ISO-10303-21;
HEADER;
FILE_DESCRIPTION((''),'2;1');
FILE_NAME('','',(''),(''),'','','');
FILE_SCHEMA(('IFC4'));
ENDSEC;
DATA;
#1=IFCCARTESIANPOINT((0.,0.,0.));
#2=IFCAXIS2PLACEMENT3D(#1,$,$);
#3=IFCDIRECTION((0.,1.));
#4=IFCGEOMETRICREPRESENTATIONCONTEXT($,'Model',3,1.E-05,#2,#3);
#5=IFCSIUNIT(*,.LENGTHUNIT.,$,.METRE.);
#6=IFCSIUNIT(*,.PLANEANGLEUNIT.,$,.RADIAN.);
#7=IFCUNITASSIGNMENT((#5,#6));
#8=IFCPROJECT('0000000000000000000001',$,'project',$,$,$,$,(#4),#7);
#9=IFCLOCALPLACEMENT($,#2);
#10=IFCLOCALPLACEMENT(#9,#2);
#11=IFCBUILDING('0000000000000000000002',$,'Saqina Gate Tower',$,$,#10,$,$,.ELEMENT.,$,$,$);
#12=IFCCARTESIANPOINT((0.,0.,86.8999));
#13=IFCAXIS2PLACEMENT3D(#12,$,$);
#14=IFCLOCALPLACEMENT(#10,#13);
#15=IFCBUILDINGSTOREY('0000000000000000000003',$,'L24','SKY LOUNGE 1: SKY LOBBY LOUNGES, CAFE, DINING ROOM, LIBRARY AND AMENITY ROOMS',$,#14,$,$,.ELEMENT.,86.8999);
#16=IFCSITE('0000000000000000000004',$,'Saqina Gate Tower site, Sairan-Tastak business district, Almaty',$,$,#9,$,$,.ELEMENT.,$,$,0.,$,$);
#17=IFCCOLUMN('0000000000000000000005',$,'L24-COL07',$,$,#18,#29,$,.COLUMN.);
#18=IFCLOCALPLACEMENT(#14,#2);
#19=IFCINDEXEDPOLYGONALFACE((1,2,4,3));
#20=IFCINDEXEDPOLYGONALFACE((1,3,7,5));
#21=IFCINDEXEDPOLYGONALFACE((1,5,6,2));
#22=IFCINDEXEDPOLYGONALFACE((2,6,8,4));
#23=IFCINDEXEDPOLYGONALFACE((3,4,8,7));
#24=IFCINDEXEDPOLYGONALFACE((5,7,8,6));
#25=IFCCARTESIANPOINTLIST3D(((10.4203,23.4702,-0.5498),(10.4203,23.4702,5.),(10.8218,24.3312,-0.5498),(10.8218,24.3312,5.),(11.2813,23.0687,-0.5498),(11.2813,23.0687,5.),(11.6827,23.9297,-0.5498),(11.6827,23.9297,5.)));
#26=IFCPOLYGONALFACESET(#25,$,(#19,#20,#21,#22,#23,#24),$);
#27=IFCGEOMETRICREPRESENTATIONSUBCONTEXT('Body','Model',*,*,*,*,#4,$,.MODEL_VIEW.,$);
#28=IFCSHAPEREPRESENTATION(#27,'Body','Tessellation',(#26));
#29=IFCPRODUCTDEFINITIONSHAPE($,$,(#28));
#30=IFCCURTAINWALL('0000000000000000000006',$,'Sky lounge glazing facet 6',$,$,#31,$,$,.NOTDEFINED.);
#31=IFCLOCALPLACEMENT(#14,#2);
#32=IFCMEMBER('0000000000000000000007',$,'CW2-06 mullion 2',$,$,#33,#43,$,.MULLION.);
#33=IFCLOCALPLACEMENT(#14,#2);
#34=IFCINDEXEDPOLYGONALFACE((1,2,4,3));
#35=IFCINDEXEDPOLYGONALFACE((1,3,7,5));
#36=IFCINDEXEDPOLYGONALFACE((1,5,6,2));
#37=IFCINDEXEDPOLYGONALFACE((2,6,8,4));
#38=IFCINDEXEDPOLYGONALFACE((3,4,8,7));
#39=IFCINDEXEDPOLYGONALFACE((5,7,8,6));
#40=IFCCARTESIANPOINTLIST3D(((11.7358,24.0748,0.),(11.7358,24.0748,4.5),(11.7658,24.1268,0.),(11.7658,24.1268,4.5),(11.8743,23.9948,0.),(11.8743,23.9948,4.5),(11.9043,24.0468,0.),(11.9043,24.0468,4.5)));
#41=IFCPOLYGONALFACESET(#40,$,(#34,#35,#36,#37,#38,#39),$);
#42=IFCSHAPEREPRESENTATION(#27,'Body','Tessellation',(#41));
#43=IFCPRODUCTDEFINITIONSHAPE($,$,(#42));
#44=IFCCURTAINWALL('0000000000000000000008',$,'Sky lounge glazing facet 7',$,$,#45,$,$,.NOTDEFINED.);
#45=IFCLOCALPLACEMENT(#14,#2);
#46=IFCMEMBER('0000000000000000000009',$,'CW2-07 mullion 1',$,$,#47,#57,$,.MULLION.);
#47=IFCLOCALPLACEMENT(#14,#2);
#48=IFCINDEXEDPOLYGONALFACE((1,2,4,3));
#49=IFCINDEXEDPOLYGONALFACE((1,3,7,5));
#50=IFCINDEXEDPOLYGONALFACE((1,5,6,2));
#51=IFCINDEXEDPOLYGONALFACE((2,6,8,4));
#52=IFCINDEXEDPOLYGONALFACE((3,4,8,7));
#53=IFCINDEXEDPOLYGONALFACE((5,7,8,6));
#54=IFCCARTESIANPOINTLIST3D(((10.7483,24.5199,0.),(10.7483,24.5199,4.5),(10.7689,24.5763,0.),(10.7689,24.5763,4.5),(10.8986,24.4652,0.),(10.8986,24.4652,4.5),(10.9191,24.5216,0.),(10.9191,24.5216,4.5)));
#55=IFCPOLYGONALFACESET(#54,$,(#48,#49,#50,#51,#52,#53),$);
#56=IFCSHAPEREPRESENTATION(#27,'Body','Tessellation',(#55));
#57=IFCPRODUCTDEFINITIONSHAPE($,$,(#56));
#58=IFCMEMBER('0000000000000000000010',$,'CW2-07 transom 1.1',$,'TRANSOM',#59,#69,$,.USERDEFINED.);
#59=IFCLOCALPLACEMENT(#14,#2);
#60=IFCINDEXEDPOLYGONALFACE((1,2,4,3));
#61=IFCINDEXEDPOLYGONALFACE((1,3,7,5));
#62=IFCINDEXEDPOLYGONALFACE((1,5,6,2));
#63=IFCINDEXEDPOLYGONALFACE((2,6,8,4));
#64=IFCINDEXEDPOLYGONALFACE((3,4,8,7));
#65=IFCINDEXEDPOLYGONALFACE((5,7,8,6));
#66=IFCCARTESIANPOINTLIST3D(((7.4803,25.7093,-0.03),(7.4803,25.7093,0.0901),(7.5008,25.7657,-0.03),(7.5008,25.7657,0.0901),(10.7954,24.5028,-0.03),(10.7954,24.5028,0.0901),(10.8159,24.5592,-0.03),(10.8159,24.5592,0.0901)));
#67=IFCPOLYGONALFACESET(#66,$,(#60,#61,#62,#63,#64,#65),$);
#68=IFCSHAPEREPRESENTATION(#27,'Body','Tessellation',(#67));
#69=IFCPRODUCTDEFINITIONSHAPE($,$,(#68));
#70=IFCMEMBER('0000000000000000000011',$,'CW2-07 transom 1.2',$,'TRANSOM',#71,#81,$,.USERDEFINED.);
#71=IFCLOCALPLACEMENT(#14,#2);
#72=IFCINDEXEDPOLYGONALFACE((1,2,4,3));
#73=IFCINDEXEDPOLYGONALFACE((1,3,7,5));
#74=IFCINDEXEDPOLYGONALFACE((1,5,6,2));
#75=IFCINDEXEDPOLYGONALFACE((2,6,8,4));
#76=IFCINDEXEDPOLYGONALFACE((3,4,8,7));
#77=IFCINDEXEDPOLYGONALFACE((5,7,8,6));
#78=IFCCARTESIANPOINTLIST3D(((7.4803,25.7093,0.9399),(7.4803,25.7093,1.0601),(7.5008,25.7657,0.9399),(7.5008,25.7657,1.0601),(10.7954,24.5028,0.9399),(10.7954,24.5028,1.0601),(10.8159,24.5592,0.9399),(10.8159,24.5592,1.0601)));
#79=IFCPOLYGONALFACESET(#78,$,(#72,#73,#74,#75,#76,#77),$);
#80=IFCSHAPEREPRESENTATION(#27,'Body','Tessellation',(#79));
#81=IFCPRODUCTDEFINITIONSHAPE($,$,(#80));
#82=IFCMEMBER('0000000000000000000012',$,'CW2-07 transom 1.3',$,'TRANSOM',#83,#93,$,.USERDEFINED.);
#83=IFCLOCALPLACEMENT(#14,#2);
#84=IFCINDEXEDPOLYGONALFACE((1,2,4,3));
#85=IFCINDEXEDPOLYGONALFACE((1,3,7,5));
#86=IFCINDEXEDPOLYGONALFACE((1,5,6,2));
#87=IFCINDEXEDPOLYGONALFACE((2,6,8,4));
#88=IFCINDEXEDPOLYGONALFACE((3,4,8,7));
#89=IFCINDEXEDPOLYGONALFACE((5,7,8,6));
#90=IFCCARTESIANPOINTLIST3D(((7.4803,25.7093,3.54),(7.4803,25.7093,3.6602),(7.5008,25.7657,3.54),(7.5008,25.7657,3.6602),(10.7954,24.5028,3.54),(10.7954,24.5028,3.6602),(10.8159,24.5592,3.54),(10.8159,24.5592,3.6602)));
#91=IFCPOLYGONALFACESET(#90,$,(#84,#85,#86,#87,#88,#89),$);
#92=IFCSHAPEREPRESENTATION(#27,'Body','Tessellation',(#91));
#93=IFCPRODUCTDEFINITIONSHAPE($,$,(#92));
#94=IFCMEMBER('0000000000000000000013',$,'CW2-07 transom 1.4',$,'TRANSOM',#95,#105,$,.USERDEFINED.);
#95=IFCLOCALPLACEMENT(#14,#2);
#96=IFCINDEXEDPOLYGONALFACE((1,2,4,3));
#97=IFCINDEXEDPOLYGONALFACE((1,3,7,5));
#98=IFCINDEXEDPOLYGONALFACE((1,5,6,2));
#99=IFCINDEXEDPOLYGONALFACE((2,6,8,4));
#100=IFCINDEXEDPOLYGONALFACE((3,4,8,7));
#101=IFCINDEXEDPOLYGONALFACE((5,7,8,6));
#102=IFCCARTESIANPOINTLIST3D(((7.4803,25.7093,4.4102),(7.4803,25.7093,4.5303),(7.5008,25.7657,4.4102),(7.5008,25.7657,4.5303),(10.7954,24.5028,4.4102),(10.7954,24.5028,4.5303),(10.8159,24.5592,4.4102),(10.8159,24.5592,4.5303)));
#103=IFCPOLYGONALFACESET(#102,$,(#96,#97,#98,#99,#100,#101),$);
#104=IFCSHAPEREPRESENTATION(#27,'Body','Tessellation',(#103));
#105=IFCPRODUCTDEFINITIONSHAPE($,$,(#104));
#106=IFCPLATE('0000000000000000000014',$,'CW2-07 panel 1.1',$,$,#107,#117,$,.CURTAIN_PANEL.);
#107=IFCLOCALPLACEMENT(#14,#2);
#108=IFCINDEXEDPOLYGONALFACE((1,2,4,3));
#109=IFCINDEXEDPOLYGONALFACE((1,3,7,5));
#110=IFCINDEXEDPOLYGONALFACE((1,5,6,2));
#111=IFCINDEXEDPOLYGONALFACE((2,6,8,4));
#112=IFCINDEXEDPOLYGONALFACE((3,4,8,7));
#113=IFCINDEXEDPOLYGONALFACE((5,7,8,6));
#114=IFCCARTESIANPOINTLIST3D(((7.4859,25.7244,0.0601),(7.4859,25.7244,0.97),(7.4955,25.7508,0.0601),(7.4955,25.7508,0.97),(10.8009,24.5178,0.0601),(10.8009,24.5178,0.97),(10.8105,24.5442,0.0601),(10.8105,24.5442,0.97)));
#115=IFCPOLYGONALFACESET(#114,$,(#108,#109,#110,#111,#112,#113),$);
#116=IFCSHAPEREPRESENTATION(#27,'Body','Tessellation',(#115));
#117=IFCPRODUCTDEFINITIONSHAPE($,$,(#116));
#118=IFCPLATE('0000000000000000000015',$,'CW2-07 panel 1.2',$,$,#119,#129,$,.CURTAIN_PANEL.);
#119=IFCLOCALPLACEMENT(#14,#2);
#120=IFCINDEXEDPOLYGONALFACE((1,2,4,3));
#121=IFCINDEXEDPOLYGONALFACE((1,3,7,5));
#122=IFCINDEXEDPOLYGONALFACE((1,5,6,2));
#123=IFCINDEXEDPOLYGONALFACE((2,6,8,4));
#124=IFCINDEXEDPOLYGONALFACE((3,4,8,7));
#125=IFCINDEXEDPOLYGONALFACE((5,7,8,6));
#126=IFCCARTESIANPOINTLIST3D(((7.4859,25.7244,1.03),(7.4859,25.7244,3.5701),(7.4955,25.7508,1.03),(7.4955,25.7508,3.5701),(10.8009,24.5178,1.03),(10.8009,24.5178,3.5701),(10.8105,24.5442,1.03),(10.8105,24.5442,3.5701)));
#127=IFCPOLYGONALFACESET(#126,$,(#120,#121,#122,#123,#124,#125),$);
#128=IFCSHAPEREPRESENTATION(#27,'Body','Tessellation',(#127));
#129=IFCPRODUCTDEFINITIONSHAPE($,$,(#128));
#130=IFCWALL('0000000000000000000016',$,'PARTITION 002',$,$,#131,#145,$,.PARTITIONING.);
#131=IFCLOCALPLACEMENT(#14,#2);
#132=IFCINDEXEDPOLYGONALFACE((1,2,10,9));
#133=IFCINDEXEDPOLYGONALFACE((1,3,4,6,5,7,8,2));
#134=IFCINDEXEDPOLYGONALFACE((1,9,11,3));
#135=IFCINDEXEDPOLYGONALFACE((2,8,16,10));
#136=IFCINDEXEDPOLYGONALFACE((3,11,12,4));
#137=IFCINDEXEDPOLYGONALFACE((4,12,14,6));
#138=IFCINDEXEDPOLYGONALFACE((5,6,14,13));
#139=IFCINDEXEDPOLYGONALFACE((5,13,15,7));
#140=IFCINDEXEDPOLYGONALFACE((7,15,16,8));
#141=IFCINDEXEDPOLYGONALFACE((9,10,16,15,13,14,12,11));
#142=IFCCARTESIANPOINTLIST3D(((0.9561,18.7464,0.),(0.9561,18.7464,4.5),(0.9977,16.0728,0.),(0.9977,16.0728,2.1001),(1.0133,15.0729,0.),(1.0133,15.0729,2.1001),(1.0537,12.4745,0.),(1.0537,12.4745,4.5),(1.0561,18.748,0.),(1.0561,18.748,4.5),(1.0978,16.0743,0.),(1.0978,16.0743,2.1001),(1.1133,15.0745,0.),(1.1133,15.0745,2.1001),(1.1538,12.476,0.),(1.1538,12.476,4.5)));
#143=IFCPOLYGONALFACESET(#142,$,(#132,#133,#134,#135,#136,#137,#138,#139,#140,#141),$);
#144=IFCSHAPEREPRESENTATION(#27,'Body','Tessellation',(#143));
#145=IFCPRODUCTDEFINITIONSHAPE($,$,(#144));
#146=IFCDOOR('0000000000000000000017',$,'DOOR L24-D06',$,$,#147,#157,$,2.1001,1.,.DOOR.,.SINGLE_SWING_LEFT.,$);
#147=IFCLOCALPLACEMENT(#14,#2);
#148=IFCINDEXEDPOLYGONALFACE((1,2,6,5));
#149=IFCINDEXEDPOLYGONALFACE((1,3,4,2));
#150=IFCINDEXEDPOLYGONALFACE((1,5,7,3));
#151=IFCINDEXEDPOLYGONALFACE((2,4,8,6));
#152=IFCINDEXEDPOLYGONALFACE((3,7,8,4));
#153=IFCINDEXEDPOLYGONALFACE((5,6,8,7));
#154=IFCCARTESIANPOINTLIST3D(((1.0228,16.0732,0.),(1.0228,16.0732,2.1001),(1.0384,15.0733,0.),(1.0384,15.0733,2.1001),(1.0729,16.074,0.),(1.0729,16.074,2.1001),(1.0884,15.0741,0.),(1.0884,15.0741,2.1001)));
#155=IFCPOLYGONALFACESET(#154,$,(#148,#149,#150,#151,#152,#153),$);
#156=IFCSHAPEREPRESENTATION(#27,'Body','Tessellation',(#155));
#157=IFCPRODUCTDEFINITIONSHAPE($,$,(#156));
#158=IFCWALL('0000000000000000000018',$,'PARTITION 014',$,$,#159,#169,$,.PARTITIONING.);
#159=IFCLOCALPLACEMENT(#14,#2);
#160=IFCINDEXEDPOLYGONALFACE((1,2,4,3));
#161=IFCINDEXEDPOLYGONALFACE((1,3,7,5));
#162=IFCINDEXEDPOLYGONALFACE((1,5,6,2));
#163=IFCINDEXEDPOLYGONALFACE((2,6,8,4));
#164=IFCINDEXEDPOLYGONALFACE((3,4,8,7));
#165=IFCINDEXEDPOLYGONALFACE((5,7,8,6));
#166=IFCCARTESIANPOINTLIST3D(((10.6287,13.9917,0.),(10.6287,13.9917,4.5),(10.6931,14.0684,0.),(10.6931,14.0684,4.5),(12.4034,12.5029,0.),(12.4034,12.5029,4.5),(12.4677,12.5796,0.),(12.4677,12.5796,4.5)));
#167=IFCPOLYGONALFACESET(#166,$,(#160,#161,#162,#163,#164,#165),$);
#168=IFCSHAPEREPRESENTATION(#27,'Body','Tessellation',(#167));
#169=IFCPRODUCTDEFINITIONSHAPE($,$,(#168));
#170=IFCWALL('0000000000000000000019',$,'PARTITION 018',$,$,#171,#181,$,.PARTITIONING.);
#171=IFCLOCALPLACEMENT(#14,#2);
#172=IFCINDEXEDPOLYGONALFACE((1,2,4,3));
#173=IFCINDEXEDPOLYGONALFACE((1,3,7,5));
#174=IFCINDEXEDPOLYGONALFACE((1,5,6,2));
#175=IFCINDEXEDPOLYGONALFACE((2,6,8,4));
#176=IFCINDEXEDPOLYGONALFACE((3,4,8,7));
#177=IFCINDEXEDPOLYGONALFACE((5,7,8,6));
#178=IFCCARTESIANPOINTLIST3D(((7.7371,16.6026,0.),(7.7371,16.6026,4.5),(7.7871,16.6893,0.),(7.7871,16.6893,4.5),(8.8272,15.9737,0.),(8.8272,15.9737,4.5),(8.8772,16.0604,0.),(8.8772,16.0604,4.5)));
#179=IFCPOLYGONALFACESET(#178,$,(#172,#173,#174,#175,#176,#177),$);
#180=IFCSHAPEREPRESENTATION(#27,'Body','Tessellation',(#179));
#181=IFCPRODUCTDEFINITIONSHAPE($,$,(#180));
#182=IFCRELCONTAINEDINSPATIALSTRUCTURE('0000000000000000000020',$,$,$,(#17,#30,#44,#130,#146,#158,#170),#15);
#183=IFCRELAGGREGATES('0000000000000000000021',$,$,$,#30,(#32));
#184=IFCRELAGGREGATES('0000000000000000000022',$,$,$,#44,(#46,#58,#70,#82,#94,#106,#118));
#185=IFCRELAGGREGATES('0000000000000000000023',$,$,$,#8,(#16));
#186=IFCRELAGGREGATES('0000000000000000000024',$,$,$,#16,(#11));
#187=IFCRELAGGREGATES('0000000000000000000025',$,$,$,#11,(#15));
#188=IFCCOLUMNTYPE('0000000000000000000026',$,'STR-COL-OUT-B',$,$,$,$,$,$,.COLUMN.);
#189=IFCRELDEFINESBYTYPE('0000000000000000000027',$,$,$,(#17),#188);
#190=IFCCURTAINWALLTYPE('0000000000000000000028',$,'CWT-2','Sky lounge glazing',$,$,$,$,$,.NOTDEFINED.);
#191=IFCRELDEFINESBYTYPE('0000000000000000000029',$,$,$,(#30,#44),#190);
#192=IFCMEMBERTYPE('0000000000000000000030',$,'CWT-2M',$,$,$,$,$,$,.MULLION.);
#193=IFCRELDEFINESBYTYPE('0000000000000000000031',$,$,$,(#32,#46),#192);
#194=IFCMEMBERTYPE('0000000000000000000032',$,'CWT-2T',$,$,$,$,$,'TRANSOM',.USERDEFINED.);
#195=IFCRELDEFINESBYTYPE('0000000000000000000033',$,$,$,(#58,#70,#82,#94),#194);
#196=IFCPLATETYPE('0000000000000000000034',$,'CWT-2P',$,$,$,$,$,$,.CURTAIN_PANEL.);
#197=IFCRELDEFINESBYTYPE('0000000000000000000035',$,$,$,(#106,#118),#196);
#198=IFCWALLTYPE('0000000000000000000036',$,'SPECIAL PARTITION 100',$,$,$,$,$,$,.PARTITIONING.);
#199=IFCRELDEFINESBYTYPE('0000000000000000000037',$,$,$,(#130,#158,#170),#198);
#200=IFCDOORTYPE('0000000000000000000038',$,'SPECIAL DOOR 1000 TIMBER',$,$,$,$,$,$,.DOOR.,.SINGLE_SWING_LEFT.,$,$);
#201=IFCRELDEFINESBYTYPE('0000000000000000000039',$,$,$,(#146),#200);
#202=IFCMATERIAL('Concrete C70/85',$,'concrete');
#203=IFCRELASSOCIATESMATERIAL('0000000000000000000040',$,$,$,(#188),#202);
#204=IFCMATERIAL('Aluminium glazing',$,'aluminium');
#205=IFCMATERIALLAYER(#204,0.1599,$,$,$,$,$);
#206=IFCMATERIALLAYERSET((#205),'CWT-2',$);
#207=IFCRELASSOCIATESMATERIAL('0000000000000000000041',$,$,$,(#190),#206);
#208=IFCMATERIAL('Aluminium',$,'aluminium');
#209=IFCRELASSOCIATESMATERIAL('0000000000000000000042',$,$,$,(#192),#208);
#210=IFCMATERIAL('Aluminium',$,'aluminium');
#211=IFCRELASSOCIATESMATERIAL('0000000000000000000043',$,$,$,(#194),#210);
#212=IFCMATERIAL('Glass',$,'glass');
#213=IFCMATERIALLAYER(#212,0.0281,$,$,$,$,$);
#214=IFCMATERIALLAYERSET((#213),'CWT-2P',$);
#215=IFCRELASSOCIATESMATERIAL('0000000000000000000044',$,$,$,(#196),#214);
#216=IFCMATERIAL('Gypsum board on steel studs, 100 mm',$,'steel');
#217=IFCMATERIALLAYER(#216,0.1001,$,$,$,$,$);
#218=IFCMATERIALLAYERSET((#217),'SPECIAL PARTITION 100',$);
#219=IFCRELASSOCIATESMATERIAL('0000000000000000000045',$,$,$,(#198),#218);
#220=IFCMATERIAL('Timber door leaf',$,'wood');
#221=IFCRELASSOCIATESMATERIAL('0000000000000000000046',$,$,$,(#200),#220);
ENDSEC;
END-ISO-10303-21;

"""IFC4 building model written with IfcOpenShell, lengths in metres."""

from ifc_helpers import new_model, si_unit, direction, frame, frame_2d, origin, origin_2d, place, context, subcontext, project, spatial, rectangle, extrude, material, layer, layer_set, material_profile, profile_set, type_object, element, fill, aggregate, save


model = new_model("IFC4")

# Units and contexts
model_context = context("Model", 3, precision=1e-05, world=origin(), true_north=direction((0.0, 1.0)))
body_context = subcontext(model_context, "Body", "Model", "MODEL_VIEW")
ifc_project = project(units=[si_unit("LENGTHUNIT", "METRE"), si_unit("PLANEANGLEUNIT", "RADIAN")], contexts=[model_context])

# Site, building, storey
site_placement = place(None, origin())
site = spatial("IfcSite", under=ifc_project, at=site_placement, Name="Saqina Gate Tower site, Sairan-Tastak business district, Almaty", CompositionType="ELEMENT", RefElevation=0.0)
building_placement = place(site_placement, origin())
building = spatial("IfcBuilding", under=site, at=building_placement, Name="Saqina Gate Tower", CompositionType="ELEMENT")
storey_placement = place(building_placement, frame((0.0, 0.0, 86.8999)))
storey = spatial("IfcBuildingStorey", under=building, at=storey_placement, Name="L24", Description="SKY LOUNGE 1: SKY LOBBY LOUNGES, CAFE, DINING ROOM, LIBRARY AND AMENITY ROOMS", CompositionType="ELEMENT", Elevation=86.8999)

# Column
ifc_material_1 = material(Name="Concrete C70/85", Category="concrete")
ifc_material_profile_1 = material_profile(ifc_material_1, rectangle(XDim=0.95, YDim=0.95, at=origin_2d()), Name="RC 950x950")
ifc_profile_set_1 = profile_set([ifc_material_profile_1], Name="Concrete C70/85")
column_type = type_object("IfcColumnType", Name="STR-COL-OUT-B", PredefinedType="COLUMN", material=ifc_profile_set_1)
column_placement = place(storey_placement, frame((11.0515, 23.7, -0.5498), z_axis=(0.0, 0.0, 1.0), x_axis=(0.422618, 0.906308, 0.0)))
element("IfcColumn", 1, at=column_placement, inside=storey, type_object=column_type, Name="L24-COL07", PredefinedType="COLUMN", context=body_context, shape_type="SweptSolid", body=[
    extrude(rectangle(XDim=0.95, YDim=0.95, at=origin_2d()), origin(), (0.0, 0.0, 1.0), 5.5498),
])

# Curtain wall, member
ifc_material_2 = material(Name="Aluminium glazing", Category="aluminium")
ifc_layer_1 = layer(ifc_material_2, 0.1599)
ifc_layer_set_1 = layer_set([ifc_layer_1], Name="CWT-2")
curtain_wall_type = type_object("IfcCurtainWallType", Name="CWT-2", Description="Sky lounge glazing", PredefinedType="NOTDEFINED", material=ifc_layer_set_1)
curtain_wall_1_placement = place(storey_placement, origin())
curtain_wall_1 = element("IfcCurtainWall", 2, at=curtain_wall_1_placement, inside=storey, type_object=curtain_wall_type, Name="Sky lounge glazing facet 6", PredefinedType="NOTDEFINED")
ifc_material_3 = material(Name="Aluminium", Category="aluminium")
ifc_material_profile_2 = material_profile(ifc_material_3, rectangle(XDim=0.0601, YDim=0.1599, at=origin_2d()), Name="Aluminium 60x160")
ifc_profile_set_2 = profile_set([ifc_material_profile_2], Name="Aluminium")
member_type_1 = type_object("IfcMemberType", Name="CWT-2M", PredefinedType="MULLION", material=ifc_profile_set_2)
member_1_placement = place(storey_placement, frame((11.8201, 24.0608, 0.0), z_axis=(0.0, 0.0, 1.0), x_axis=(-0.499999, -0.866026, 0.0)))
member_1 = element("IfcMember", 3, at=member_1_placement, type_object=member_type_1, Name="CW2-06 mullion 2", PredefinedType="MULLION", context=body_context, shape_type="SweptSolid", body=[
    extrude(rectangle(XDim=0.0601, YDim=0.1599, at=origin_2d()), origin(), (0.0, 0.0, 1.0), 4.5),
])
aggregate(curtain_wall_1, [member_1])

# Curtain wall, members, plates
curtain_wall_2_placement = place(storey_placement, origin())
curtain_wall_2 = element("IfcCurtainWall", 4, at=curtain_wall_2_placement, inside=storey, type_object=curtain_wall_type, Name="Sky lounge glazing facet 7", PredefinedType="NOTDEFINED")
member_2_placement = place(storey_placement, frame((10.8337, 24.5208, 0.0), z_axis=(0.0, 0.0, 1.0), x_axis=(-0.342016, -0.939694, 0.0)))
member_2 = element("IfcMember", 5, at=member_2_placement, type_object=member_type_1, Name="CW2-07 mullion 1", PredefinedType="MULLION", context=body_context, shape_type="SweptSolid", body=[
    extrude(rectangle(XDim=0.0601, YDim=0.1599, at=origin_2d()), origin(), (0.0, 0.0, 1.0), 4.5),
])
ifc_material_4 = material(Name="Aluminium", Category="aluminium")
ifc_material_profile_3 = material_profile(ifc_material_4, rectangle(XDim=0.0601, YDim=0.1201, at=origin_2d()), Name="Aluminium 60x120")
ifc_profile_set_3 = profile_set([ifc_material_profile_3], Name="Aluminium")
member_type_2 = type_object("IfcMemberType", Name="CWT-2T", ElementType="TRANSOM", PredefinedType="USERDEFINED", material=ifc_profile_set_3)
member_3_placement = place(storey_placement, frame((10.8057, 24.531, 0.03), z_axis=(-0.9397, 0.341999, 0.0), x_axis=(-0.341999, -0.9397, 0.0)))
member_3 = element("IfcMember", 6, at=member_3_placement, type_object=member_type_2, Name="CW2-07 transom 1.1", ObjectType="TRANSOM", PredefinedType="USERDEFINED", context=body_context, shape_type="SweptSolid", body=[
    extrude(rectangle(XDim=0.0601, YDim=0.1201, at=origin_2d()), origin(), (0.0, 0.0, 1.0), 3.5278),
])
member_4_placement = place(storey_placement, frame((10.8057, 24.531, 1.0), z_axis=(-0.9397, 0.341999, 0.0), x_axis=(-0.341999, -0.9397, 0.0)))
member_4 = element("IfcMember", 7, at=member_4_placement, type_object=member_type_2, Name="CW2-07 transom 1.2", ObjectType="TRANSOM", PredefinedType="USERDEFINED", context=body_context, shape_type="SweptSolid", body=[
    extrude(rectangle(XDim=0.0601, YDim=0.1201, at=origin_2d()), origin(), (0.0, 0.0, 1.0), 3.5278),
])
member_5_placement = place(storey_placement, frame((10.8057, 24.531, 3.6001), z_axis=(-0.9397, 0.341999, 0.0), x_axis=(-0.341999, -0.9397, 0.0)))
member_5 = element("IfcMember", 8, at=member_5_placement, type_object=member_type_2, Name="CW2-07 transom 1.3", ObjectType="TRANSOM", PredefinedType="USERDEFINED", context=body_context, shape_type="SweptSolid", body=[
    extrude(rectangle(XDim=0.0601, YDim=0.1201, at=origin_2d()), origin(), (0.0, 0.0, 1.0), 3.5278),
])
member_6_placement = place(storey_placement, frame((10.8057, 24.531, 4.4702), z_axis=(-0.9397, 0.341999, 0.0), x_axis=(-0.341999, -0.9397, 0.0)))
member_6 = element("IfcMember", 9, at=member_6_placement, type_object=member_type_2, Name="CW2-07 transom 1.4", ObjectType="TRANSOM", PredefinedType="USERDEFINED", context=body_context, shape_type="SweptSolid", body=[
    extrude(rectangle(XDim=0.0601, YDim=0.1201, at=origin_2d()), origin(), (0.0, 0.0, 1.0), 3.5278),
])
ifc_material_5 = material(Name="Glass", Category="glass")
ifc_layer_2 = layer(ifc_material_5, 0.0281)
ifc_layer_set_2 = layer_set([ifc_layer_2], Name="CWT-2P")
plate_type = type_object("IfcPlateType", Name="CWT-2P", PredefinedType="CURTAIN_PANEL", material=ifc_layer_set_2)
plate_1_placement = place(storey_placement, frame((9.1482, 25.1343, 0.0601), z_axis=(0.0, 0.0, 1.0), x_axis=(-0.939694, 0.342016, 0.0)))
plate_1 = element("IfcPlate", 10, at=plate_1_placement, type_object=plate_type, Name="CW2-07 panel 1.1", PredefinedType="CURTAIN_PANEL", context=body_context, shape_type="SweptSolid", body=[
    extrude(rectangle(XDim=3.5278, YDim=0.0281, at=origin_2d()), origin(), (0.0, 0.0, 1.0), 0.9099),
])
plate_2_placement = place(storey_placement, frame((9.1482, 25.1343, 1.03), z_axis=(0.0, 0.0, 1.0), x_axis=(-0.939694, 0.342016, 0.0)))
plate_2 = element("IfcPlate", 11, at=plate_2_placement, type_object=plate_type, Name="CW2-07 panel 1.2", PredefinedType="CURTAIN_PANEL", context=body_context, shape_type="SweptSolid", body=[
    extrude(rectangle(XDim=3.5278, YDim=0.0281, at=origin_2d()), origin(), (0.0, 0.0, 1.0), 2.54),
])
aggregate(curtain_wall_2, [member_2, member_3, member_4, member_5, member_6, plate_1, plate_2])

# Wall, opening, door
ifc_material_6 = material(Name="Gypsum board on steel studs, 100 mm", Category="steel")
ifc_layer_3 = layer(ifc_material_6, 0.1001)
ifc_layer_set_3 = layer_set([ifc_layer_3], Name="SPECIAL PARTITION 100")
wall_type_1 = type_object("IfcWallType", Name="SPECIAL PARTITION 100", PredefinedType="PARTITIONING", material=ifc_layer_set_3)
wall_1_placement = place(storey_placement, frame((1.0061, 18.7471, 0.0), z_axis=(0.0, 0.0, 1.0), x_axis=(0.015568, -0.999879, 0.0)))
wall_1 = element("IfcWall", 12, at=wall_1_placement, inside=storey, type_object=wall_type_1, Name="PARTITION 002", PredefinedType="PARTITIONING", context=body_context, shape_type="SweptSolid", body=[
    extrude(rectangle(XDim=6.2727, YDim=0.1001, at=frame_2d((3.1362, 0.0))), origin(), (0.0, 0.0, 1.0), 4.5),
])
opening_1_placement = place(wall_1_placement, frame((2.6738, 0.0, 0.0)))
opening_1 = element("IfcOpeningElement", 13, at=opening_1_placement, cuts=wall_1, PredefinedType="OPENING", context=body_context, shape_type="SweptSolid", body=[
    extrude(rectangle(XDim=1.0, YDim=2.1001, at=frame_2d((0.5, 1.05))), frame((0.0, 0.062, 0.0), z_axis=(0.0, -1.0, 0.0), x_axis=(1.0, 0.0, 0.0)), (0.0, 0.0, 1.0), 0.124),
])
ifc_material_7 = material(Name="Timber door leaf", Category="wood")
door_type_1 = type_object("IfcDoorType", Name="SPECIAL DOOR 1000 TIMBER", OperationType="SINGLE_SWING_LEFT", PredefinedType="DOOR", material=ifc_material_7)
door_1_placement = place(opening_1_placement, frame((1.0, 0.0, 0.0), z_axis=(0.0, 0.0, 1.0), x_axis=(-1.0, 0.0, 0.0)))
door_1 = element("IfcDoor", 14, at=door_1_placement, inside=storey, type_object=door_type_1, Name="DOOR L24-D06", OperationType="SINGLE_SWING_LEFT", OverallHeight=2.1001, OverallWidth=1.0, PredefinedType="DOOR", context=body_context, shape_type="SweptSolid", body=[
    extrude(rectangle(XDim=1.0, YDim=2.1001, at=frame_2d((0.5, 1.05))), frame((0.0, 0.0249, 0.0), z_axis=(0.0, -1.0, 0.0), x_axis=(1.0, 0.0, 0.0)), (0.0, 0.0, 1.0), 0.05),
])
fill(opening_1, door_1)

# Walls
wall_2_placement = place(storey_placement, frame((10.6609, 14.03, 0.0), z_axis=(0.0, 0.0, 1.0), x_axis=(0.766118, -0.6427, 0.0)))
element("IfcWall", 15, at=wall_2_placement, inside=storey, type_object=wall_type_1, Name="PARTITION 014", PredefinedType="PARTITIONING", context=body_context, shape_type="SweptSolid", body=[
    extrude(rectangle(XDim=2.3164, YDim=0.1001, at=frame_2d((1.1582, 0.0))), origin(), (0.0, 0.0, 1.0), 4.5),
])
wall_3_placement = place(storey_placement, frame((7.762, 16.646, 0.0), z_axis=(0.0, 0.0, 1.0), x_axis=(0.866182, -0.499728, 0.0)))
element("IfcWall", 16, at=wall_3_placement, inside=storey, type_object=wall_type_1, Name="PARTITION 018", PredefinedType="PARTITIONING", context=body_context, shape_type="SweptSolid", body=[
    extrude(rectangle(XDim=1.2585, YDim=0.1001, at=frame_2d((0.6294, 0.0))), origin(), (0.0, 0.0, 1.0), 4.5),
])

save(model, "model.ifc")
